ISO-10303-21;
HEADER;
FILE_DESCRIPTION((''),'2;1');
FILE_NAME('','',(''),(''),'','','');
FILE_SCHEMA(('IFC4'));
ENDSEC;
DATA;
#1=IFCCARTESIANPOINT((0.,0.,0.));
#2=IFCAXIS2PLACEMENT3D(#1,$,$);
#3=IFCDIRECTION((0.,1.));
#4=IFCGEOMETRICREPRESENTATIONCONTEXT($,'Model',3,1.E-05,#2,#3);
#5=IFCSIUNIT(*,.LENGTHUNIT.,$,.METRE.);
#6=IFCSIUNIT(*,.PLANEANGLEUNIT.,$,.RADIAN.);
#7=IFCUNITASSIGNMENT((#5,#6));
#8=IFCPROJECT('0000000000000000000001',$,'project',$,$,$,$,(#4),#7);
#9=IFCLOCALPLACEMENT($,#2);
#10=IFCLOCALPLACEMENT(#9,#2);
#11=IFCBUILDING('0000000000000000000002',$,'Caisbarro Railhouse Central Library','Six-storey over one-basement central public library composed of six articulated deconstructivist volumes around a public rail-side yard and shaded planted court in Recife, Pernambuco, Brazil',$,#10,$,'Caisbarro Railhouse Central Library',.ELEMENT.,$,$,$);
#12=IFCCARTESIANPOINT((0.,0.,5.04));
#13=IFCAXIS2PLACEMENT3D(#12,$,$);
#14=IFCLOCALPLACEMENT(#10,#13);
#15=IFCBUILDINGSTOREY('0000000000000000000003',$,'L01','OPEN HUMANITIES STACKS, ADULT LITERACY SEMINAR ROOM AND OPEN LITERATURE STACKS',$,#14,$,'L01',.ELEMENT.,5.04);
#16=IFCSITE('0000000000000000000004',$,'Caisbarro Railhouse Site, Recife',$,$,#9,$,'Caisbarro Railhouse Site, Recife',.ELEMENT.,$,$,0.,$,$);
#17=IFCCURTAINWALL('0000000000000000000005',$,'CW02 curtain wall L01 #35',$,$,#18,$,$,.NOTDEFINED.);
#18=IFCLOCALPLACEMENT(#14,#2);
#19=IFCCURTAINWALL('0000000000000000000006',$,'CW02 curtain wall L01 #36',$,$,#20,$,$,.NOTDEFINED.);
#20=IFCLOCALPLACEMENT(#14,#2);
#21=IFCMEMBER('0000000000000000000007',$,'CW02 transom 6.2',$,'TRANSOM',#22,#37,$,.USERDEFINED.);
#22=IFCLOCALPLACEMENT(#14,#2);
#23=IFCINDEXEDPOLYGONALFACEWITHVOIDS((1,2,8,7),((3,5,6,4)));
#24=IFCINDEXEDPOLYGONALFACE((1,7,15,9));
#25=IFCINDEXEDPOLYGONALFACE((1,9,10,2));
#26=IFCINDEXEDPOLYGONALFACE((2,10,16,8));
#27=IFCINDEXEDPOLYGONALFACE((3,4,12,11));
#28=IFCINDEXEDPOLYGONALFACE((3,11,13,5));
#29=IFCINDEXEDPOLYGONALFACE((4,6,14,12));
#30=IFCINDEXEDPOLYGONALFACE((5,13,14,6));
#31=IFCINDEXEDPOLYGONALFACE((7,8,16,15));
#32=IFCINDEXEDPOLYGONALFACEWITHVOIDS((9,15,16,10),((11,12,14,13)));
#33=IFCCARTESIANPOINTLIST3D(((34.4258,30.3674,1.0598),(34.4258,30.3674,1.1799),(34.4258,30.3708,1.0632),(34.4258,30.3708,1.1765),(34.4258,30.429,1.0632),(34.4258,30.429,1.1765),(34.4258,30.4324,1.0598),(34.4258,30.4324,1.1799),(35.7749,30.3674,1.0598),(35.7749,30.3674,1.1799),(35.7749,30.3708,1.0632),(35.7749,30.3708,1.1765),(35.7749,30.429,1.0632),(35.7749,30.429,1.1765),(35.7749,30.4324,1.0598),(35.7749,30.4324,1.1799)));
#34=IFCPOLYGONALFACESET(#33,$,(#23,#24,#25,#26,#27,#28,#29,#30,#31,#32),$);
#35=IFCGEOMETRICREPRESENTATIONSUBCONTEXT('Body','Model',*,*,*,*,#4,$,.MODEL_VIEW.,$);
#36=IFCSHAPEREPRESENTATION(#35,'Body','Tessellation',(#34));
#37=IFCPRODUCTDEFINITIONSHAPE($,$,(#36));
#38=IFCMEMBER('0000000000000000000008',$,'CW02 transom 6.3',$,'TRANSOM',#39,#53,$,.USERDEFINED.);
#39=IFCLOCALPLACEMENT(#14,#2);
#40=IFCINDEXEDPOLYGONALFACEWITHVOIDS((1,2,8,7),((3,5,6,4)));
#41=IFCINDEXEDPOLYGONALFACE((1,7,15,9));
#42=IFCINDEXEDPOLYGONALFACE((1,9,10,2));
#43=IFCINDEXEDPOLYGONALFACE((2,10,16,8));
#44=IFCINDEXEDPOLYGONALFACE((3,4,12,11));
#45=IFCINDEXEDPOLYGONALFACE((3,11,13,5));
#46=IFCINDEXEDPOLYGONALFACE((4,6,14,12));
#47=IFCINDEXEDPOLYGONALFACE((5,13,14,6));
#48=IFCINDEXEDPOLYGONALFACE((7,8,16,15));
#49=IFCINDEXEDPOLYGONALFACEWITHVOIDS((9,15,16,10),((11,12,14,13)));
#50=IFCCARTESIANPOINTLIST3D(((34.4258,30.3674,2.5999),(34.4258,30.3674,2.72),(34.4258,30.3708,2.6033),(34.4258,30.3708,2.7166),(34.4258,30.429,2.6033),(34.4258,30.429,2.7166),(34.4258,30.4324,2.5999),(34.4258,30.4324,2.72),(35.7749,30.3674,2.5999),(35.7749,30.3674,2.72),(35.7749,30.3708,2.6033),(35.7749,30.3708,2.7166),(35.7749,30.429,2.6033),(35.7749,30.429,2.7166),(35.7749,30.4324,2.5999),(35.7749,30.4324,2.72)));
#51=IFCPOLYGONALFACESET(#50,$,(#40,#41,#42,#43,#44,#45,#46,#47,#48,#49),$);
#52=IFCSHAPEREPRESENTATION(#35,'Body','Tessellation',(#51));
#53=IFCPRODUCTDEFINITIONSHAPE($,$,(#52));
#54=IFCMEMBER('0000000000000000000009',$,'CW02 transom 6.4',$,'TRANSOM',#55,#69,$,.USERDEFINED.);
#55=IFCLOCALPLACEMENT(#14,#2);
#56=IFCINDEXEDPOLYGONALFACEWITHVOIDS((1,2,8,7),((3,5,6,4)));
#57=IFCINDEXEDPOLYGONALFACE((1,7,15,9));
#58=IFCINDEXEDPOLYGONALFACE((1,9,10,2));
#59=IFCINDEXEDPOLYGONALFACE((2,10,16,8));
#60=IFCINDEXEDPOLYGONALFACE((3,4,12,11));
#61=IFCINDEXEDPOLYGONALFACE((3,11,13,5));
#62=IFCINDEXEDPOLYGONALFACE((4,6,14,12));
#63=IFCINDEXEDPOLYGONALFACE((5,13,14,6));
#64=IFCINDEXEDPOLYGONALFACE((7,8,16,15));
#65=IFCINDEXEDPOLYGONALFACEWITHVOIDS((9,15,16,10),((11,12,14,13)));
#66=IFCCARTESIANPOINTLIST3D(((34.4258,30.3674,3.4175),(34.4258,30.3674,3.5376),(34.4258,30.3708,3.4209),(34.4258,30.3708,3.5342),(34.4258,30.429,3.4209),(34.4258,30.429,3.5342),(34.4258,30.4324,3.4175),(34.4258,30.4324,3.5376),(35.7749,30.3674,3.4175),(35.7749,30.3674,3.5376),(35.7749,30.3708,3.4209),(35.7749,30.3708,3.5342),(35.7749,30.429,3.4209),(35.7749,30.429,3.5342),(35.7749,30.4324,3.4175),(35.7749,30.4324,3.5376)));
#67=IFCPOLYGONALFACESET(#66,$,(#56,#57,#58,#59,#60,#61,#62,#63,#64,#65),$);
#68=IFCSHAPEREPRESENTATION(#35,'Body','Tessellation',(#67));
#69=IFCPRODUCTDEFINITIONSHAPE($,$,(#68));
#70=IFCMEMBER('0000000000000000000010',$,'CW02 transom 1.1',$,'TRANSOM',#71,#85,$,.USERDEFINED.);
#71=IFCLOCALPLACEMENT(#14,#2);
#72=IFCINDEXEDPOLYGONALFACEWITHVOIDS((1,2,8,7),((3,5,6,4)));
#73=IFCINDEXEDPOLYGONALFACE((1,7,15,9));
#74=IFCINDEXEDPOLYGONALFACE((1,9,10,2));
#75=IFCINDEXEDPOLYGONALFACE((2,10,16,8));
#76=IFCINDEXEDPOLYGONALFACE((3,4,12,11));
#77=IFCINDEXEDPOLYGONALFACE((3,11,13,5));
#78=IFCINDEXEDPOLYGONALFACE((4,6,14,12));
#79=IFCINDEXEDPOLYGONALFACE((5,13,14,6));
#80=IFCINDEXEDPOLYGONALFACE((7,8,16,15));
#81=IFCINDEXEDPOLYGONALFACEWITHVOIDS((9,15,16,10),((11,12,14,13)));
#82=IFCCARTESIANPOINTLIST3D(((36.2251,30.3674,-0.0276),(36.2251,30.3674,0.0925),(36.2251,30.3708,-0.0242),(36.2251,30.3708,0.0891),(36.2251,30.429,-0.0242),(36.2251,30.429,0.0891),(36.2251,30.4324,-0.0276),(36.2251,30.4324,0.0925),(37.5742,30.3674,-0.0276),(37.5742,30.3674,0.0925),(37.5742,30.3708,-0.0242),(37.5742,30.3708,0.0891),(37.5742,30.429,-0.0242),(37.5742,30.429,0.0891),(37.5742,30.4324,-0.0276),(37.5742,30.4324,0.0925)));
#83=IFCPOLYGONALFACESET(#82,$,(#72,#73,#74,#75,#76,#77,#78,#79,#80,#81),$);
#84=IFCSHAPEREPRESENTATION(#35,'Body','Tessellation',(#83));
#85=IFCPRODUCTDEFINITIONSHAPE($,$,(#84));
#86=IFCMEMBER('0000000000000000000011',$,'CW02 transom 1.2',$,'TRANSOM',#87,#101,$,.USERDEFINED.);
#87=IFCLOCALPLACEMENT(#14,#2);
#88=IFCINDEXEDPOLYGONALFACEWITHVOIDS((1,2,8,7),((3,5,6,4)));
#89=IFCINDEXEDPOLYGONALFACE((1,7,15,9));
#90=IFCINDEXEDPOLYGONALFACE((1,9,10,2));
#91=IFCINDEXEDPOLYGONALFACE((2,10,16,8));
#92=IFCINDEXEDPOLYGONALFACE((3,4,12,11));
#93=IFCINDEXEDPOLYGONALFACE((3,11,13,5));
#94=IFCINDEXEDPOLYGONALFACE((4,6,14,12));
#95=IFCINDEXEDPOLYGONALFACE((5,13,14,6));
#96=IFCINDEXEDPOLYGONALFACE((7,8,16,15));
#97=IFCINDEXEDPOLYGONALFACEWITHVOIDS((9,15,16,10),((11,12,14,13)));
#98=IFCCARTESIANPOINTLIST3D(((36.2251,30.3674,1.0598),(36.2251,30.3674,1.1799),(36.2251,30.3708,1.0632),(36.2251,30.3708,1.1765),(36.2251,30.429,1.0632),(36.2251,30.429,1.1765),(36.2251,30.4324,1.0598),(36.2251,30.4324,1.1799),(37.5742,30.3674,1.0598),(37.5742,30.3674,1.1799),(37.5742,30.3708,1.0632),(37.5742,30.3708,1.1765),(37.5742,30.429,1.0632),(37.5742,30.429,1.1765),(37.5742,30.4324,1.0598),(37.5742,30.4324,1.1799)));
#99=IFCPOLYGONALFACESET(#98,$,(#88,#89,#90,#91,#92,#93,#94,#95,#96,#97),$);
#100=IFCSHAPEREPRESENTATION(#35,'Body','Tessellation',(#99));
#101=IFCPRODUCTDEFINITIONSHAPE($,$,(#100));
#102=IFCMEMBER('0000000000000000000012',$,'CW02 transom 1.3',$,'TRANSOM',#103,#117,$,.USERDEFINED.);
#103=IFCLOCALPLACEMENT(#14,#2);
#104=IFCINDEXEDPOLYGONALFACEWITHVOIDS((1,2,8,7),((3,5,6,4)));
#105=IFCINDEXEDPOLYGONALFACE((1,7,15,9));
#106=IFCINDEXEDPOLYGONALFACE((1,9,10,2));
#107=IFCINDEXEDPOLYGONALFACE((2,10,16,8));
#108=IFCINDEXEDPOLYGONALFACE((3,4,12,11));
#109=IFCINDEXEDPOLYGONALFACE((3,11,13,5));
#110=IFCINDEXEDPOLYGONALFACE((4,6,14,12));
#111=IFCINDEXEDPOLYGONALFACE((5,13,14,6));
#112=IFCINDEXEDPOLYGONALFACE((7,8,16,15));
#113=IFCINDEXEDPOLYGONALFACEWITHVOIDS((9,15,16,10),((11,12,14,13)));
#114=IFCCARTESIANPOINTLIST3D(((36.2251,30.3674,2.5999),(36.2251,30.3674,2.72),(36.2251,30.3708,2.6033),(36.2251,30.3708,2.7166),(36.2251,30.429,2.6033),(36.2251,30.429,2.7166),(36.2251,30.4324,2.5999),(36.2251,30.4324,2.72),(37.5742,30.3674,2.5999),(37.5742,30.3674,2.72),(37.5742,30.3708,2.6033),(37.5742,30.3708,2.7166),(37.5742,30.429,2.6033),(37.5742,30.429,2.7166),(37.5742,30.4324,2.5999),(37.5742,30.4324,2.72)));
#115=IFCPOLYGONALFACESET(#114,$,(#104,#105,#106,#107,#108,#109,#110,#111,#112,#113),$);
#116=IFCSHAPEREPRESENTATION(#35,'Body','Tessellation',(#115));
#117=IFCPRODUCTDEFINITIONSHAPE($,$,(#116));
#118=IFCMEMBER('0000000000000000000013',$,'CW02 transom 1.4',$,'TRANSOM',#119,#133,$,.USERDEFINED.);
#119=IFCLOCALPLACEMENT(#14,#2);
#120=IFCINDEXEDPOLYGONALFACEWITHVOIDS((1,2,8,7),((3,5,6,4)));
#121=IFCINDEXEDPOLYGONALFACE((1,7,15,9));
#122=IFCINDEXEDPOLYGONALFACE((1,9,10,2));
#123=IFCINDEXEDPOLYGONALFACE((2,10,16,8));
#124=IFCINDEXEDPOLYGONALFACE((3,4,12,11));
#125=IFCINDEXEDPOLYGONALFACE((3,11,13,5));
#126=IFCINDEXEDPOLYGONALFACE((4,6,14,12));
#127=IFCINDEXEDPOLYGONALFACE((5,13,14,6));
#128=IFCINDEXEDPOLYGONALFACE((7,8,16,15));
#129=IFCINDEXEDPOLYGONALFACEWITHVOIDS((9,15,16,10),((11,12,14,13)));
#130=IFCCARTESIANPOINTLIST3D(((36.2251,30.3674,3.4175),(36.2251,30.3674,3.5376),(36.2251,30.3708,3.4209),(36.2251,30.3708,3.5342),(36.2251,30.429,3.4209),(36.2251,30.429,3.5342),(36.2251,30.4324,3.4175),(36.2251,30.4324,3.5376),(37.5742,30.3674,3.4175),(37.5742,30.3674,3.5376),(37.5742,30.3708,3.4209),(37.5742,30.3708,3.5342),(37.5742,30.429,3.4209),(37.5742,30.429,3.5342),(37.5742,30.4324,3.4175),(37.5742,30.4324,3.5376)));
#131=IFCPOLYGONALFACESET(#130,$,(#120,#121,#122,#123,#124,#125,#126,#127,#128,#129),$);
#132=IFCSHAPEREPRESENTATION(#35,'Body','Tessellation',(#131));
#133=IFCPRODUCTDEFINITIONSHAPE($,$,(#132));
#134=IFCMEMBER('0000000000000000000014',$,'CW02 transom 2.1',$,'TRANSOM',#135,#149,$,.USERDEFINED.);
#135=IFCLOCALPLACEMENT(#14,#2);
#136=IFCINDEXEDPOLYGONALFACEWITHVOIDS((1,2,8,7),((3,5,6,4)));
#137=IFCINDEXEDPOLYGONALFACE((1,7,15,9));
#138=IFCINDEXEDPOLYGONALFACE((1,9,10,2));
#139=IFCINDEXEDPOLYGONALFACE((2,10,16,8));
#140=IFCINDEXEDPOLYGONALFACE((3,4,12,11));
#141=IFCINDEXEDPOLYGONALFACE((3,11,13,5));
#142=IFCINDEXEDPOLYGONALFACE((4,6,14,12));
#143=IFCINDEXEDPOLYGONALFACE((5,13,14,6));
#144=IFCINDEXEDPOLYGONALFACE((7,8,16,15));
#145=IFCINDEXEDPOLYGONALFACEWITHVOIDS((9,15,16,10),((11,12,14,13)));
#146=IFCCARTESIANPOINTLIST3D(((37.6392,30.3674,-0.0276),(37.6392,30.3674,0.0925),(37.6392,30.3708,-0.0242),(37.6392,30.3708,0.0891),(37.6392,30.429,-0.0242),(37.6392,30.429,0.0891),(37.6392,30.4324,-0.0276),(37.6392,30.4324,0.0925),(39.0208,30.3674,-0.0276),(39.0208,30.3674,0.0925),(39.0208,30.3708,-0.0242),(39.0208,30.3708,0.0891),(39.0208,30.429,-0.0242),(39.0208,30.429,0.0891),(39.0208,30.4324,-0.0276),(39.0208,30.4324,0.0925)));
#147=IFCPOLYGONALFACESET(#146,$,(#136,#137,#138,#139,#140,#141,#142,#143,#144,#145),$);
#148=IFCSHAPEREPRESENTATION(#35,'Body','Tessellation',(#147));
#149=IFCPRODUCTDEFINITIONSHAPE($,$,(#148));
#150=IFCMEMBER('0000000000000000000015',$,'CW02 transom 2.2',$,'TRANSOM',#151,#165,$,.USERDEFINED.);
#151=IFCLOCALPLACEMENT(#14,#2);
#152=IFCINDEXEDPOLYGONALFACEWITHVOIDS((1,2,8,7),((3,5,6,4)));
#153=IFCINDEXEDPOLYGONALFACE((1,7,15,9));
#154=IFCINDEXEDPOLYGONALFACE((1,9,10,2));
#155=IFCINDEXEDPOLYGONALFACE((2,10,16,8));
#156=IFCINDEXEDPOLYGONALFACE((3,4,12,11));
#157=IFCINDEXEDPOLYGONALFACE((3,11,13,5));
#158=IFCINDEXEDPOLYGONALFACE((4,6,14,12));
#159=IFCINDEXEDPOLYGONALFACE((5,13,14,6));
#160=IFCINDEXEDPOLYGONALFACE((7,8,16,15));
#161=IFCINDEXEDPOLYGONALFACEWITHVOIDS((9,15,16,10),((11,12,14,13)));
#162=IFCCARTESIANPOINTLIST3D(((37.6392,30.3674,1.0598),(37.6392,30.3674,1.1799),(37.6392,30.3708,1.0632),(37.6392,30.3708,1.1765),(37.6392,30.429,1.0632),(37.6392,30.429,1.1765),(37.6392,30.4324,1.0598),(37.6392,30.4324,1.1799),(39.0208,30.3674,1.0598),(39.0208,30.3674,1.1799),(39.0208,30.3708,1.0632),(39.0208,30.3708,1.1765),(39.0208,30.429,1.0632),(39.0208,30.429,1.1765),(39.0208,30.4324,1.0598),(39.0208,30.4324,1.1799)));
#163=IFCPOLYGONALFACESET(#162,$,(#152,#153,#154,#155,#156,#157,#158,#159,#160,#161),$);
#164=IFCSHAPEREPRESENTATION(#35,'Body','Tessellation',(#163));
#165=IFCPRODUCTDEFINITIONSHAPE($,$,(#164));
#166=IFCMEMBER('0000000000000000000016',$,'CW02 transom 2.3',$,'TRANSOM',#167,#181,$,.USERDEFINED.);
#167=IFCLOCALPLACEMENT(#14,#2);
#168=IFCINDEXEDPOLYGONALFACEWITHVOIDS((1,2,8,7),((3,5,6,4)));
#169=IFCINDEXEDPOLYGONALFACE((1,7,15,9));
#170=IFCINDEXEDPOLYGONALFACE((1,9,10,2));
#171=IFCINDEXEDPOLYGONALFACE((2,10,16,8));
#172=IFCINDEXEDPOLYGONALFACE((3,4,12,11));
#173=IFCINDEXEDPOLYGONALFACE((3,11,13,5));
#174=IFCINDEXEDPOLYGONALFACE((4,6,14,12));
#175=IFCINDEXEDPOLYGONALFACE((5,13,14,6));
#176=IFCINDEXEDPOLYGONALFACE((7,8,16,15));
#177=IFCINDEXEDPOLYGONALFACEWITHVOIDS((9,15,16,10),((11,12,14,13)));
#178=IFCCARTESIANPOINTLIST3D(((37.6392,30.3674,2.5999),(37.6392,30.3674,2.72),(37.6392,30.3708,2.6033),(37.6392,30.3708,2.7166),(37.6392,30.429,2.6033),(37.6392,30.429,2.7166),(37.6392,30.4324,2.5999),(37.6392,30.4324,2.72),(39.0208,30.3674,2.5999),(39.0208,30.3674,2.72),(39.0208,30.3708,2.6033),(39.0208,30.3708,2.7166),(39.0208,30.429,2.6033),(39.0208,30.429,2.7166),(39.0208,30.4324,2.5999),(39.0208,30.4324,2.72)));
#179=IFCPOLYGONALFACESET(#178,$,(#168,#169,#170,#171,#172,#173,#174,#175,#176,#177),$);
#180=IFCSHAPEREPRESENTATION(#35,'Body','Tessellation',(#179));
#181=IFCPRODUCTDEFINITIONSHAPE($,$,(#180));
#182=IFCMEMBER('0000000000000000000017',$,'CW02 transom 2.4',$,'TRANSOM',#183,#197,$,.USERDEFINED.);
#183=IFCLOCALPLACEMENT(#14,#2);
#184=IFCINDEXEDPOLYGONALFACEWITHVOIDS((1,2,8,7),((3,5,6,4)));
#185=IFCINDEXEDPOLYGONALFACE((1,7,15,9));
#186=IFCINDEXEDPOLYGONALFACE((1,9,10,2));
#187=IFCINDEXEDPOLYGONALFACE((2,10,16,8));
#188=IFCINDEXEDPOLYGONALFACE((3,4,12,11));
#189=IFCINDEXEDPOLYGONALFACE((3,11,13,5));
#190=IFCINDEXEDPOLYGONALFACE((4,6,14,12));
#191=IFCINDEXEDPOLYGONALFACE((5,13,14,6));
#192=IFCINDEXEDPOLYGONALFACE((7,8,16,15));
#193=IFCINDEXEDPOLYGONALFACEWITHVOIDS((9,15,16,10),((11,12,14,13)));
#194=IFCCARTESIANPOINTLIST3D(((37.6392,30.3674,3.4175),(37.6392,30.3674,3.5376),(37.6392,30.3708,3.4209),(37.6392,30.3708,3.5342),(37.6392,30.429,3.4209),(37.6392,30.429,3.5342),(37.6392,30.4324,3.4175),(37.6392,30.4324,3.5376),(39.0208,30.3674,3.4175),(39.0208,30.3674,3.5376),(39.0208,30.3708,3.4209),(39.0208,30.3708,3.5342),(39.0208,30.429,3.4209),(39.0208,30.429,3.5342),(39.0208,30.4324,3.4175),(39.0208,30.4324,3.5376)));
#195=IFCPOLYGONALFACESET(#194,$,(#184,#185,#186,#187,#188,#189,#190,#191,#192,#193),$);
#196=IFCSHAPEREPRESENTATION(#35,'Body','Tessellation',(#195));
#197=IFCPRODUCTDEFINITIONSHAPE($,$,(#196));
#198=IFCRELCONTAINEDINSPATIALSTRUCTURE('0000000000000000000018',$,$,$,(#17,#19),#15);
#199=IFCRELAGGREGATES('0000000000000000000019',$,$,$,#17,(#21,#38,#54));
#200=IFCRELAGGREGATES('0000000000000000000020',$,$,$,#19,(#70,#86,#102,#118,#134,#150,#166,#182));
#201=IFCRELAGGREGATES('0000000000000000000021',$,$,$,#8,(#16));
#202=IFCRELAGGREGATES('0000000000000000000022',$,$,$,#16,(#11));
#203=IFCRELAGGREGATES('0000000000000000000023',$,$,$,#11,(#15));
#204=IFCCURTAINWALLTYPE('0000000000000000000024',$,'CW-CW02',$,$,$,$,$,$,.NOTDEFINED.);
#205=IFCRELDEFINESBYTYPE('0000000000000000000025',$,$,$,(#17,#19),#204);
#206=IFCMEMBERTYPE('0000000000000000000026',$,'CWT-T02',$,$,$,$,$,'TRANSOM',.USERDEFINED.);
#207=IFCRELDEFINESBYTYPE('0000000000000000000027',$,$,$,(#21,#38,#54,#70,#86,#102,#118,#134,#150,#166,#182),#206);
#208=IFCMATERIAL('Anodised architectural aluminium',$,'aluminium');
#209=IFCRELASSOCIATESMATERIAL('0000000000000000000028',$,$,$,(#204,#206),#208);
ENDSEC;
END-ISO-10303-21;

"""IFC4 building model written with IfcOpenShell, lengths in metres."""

from ifc_helpers import new_model, si_unit, direction, frame, origin, origin_2d, place, context, subcontext, project, spatial, hollow_rectangle, extrude, material, material_profile, profile_set, type_object, element, aggregate, save


model = new_model("IFC4")

# Units and contexts
model_context = context("Model", 3, precision=1e-05, world=origin(), true_north=direction((0.0, 1.0)))
body_context = subcontext(model_context, "Body", "Model", "MODEL_VIEW")
ifc_project = project(units=[si_unit("LENGTHUNIT", "METRE"), si_unit("PLANEANGLEUNIT", "RADIAN")], contexts=[model_context])

# Site, building, storey
site_placement = place(None, origin())
site = spatial("IfcSite", under=ifc_project, at=site_placement, Name="Caisbarro Railhouse Site, Recife", LongName="Caisbarro Railhouse Site, Recife", CompositionType="ELEMENT", RefElevation=0.0)
building_placement = place(site_placement, origin())
building = spatial("IfcBuilding", under=site, at=building_placement, Name="Caisbarro Railhouse Central Library", Description="Six-storey over one-basement central public library composed of six articulated deconstructivist volumes around a public rail-side yard and shaded planted court in Recife, Pernambuco, Brazil", LongName="Caisbarro Railhouse Central Library", CompositionType="ELEMENT")
storey_placement = place(building_placement, frame((0.0, 0.0, 5.04)))
storey = spatial("IfcBuildingStorey", under=building, at=storey_placement, Name="L01", Description="OPEN HUMANITIES STACKS, ADULT LITERACY SEMINAR ROOM AND OPEN LITERATURE STACKS", LongName="L01", CompositionType="ELEMENT", Elevation=5.04)

# Curtain wall
ifc_material_1 = material(Name="Anodised architectural aluminium", Category="aluminium")
curtain_wall_type = type_object("IfcCurtainWallType", Name="CW-CW02", PredefinedType="NOTDEFINED", material=ifc_material_1)
curtain_wall_1_placement = place(storey_placement, origin())
curtain_wall_1 = element("IfcCurtainWall", 1, at=curtain_wall_1_placement, inside=storey, type_object=curtain_wall_type, Name="CW02 curtain wall L01 #35", PredefinedType="NOTDEFINED")

# Curtain wall
curtain_wall_2_placement = place(storey_placement, origin())
curtain_wall_2 = element("IfcCurtainWall", 2, at=curtain_wall_2_placement, inside=storey, type_object=curtain_wall_type, Name="CW02 curtain wall L01 #36", PredefinedType="NOTDEFINED")

# Members
ifc_material_profile_1 = material_profile(ifc_material_1, hollow_rectangle(XDim=0.0649, YDim=0.1201, WallThickness=0.0034, at=origin_2d()), Name="ALU-TRN-65X120")
ifc_profile_set_1 = profile_set([ifc_material_profile_1], Name="Anodised architectural aluminium")
member_type_1 = type_object("IfcMemberType", Name="CWT-T02", ElementType="TRANSOM", PredefinedType="USERDEFINED", material=ifc_profile_set_1)
member_1_placement = place(storey_placement, frame((34.4258, 30.3999, 1.1199), z_axis=(1.0, 0.0, 0.0), x_axis=(0.0, 1.0, 0.0)))
member_1 = element("IfcMember", 3, at=member_1_placement, type_object=member_type_1, Name="CW02 transom 6.2", ObjectType="TRANSOM", PredefinedType="USERDEFINED", context=body_context, shape_type="SweptSolid", body=[
    extrude(hollow_rectangle(XDim=0.0649, YDim=0.1201, WallThickness=0.0034, at=origin_2d()), origin(), (0.0, 0.0, 1.0), 1.3491),
])
member_2_placement = place(storey_placement, frame((34.4258, 30.3999, 2.6599), z_axis=(1.0, 0.0, 0.0), x_axis=(0.0, 1.0, 0.0)))
member_2 = element("IfcMember", 4, at=member_2_placement, type_object=member_type_1, Name="CW02 transom 6.3", ObjectType="TRANSOM", PredefinedType="USERDEFINED", context=body_context, shape_type="SweptSolid", body=[
    extrude(hollow_rectangle(XDim=0.0649, YDim=0.1201, WallThickness=0.0034, at=origin_2d()), origin(), (0.0, 0.0, 1.0), 1.3491),
])
member_3_placement = place(storey_placement, frame((34.4258, 30.3999, 3.4775), z_axis=(1.0, 0.0, 0.0), x_axis=(0.0, 1.0, 0.0)))
member_3 = element("IfcMember", 5, at=member_3_placement, type_object=member_type_1, Name="CW02 transom 6.4", ObjectType="TRANSOM", PredefinedType="USERDEFINED", context=body_context, shape_type="SweptSolid", body=[
    extrude(hollow_rectangle(XDim=0.0649, YDim=0.1201, WallThickness=0.0034, at=origin_2d()), origin(), (0.0, 0.0, 1.0), 1.3491),
])
member_4_placement = place(storey_placement, frame((36.2251, 30.3999, 0.0325), z_axis=(1.0, 0.0, 0.0), x_axis=(0.0, 1.0, 0.0)))
member_4 = element("IfcMember", 6, at=member_4_placement, type_object=member_type_1, Name="CW02 transom 1.1", ObjectType="TRANSOM", PredefinedType="USERDEFINED", context=body_context, shape_type="SweptSolid", body=[
    extrude(hollow_rectangle(XDim=0.0649, YDim=0.1201, WallThickness=0.0034, at=origin_2d()), origin(), (0.0, 0.0, 1.0), 1.3491),
])
member_5_placement = place(storey_placement, frame((36.2251, 30.3999, 1.1199), z_axis=(1.0, 0.0, 0.0), x_axis=(0.0, 1.0, 0.0)))
member_5 = element("IfcMember", 7, at=member_5_placement, type_object=member_type_1, Name="CW02 transom 1.2", ObjectType="TRANSOM", PredefinedType="USERDEFINED", context=body_context, shape_type="SweptSolid", body=[
    extrude(hollow_rectangle(XDim=0.0649, YDim=0.1201, WallThickness=0.0034, at=origin_2d()), origin(), (0.0, 0.0, 1.0), 1.3491),
])
member_6_placement = place(storey_placement, frame((36.2251, 30.3999, 2.6599), z_axis=(1.0, 0.0, 0.0), x_axis=(0.0, 1.0, 0.0)))
member_6 = element("IfcMember", 8, at=member_6_placement, type_object=member_type_1, Name="CW02 transom 1.3", ObjectType="TRANSOM", PredefinedType="USERDEFINED", context=body_context, shape_type="SweptSolid", body=[
    extrude(hollow_rectangle(XDim=0.0649, YDim=0.1201, WallThickness=0.0034, at=origin_2d()), origin(), (0.0, 0.0, 1.0), 1.3491),
])
member_7_placement = place(storey_placement, frame((36.2251, 30.3999, 3.4775), z_axis=(1.0, 0.0, 0.0), x_axis=(0.0, 1.0, 0.0)))
member_7 = element("IfcMember", 9, at=member_7_placement, type_object=member_type_1, Name="CW02 transom 1.4", ObjectType="TRANSOM", PredefinedType="USERDEFINED", context=body_context, shape_type="SweptSolid", body=[
    extrude(hollow_rectangle(XDim=0.0649, YDim=0.1201, WallThickness=0.0034, at=origin_2d()), origin(), (0.0, 0.0, 1.0), 1.3491),
])
member_8_placement = place(storey_placement, frame((37.6392, 30.3999, 0.0325), z_axis=(1.0, 0.0, 0.0), x_axis=(0.0, 1.0, 0.0)))
member_8 = element("IfcMember", 10, at=member_8_placement, type_object=member_type_1, Name="CW02 transom 2.1", ObjectType="TRANSOM", PredefinedType="USERDEFINED", context=body_context, shape_type="SweptSolid", body=[
    extrude(hollow_rectangle(XDim=0.0649, YDim=0.1201, WallThickness=0.0034, at=origin_2d()), origin(), (0.0, 0.0, 1.0), 1.3816),
])
member_9_placement = place(storey_placement, frame((37.6392, 30.3999, 1.1199), z_axis=(1.0, 0.0, 0.0), x_axis=(0.0, 1.0, 0.0)))
member_9 = element("IfcMember", 11, at=member_9_placement, type_object=member_type_1, Name="CW02 transom 2.2", ObjectType="TRANSOM", PredefinedType="USERDEFINED", context=body_context, shape_type="SweptSolid", body=[
    extrude(hollow_rectangle(XDim=0.0649, YDim=0.1201, WallThickness=0.0034, at=origin_2d()), origin(), (0.0, 0.0, 1.0), 1.3816),
])
member_10_placement = place(storey_placement, frame((37.6392, 30.3999, 2.6599), z_axis=(1.0, 0.0, 0.0), x_axis=(0.0, 1.0, 0.0)))
member_10 = element("IfcMember", 12, at=member_10_placement, type_object=member_type_1, Name="CW02 transom 2.3", ObjectType="TRANSOM", PredefinedType="USERDEFINED", context=body_context, shape_type="SweptSolid", body=[
    extrude(hollow_rectangle(XDim=0.0649, YDim=0.1201, WallThickness=0.0034, at=origin_2d()), origin(), (0.0, 0.0, 1.0), 1.3816),
])
member_11_placement = place(storey_placement, frame((37.6392, 30.3999, 3.4775), z_axis=(1.0, 0.0, 0.0), x_axis=(0.0, 1.0, 0.0)))
member_11 = element("IfcMember", 13, at=member_11_placement, type_object=member_type_1, Name="CW02 transom 2.4", ObjectType="TRANSOM", PredefinedType="USERDEFINED", context=body_context, shape_type="SweptSolid", body=[
    extrude(hollow_rectangle(XDim=0.0649, YDim=0.1201, WallThickness=0.0034, at=origin_2d()), origin(), (0.0, 0.0, 1.0), 1.3816),
])

aggregate(curtain_wall_1, [member_1, member_2, member_3])
aggregate(curtain_wall_2, [member_4, member_5, member_6, member_7, member_8, member_9, member_10, member_11])

save(model, "model.ifc")
